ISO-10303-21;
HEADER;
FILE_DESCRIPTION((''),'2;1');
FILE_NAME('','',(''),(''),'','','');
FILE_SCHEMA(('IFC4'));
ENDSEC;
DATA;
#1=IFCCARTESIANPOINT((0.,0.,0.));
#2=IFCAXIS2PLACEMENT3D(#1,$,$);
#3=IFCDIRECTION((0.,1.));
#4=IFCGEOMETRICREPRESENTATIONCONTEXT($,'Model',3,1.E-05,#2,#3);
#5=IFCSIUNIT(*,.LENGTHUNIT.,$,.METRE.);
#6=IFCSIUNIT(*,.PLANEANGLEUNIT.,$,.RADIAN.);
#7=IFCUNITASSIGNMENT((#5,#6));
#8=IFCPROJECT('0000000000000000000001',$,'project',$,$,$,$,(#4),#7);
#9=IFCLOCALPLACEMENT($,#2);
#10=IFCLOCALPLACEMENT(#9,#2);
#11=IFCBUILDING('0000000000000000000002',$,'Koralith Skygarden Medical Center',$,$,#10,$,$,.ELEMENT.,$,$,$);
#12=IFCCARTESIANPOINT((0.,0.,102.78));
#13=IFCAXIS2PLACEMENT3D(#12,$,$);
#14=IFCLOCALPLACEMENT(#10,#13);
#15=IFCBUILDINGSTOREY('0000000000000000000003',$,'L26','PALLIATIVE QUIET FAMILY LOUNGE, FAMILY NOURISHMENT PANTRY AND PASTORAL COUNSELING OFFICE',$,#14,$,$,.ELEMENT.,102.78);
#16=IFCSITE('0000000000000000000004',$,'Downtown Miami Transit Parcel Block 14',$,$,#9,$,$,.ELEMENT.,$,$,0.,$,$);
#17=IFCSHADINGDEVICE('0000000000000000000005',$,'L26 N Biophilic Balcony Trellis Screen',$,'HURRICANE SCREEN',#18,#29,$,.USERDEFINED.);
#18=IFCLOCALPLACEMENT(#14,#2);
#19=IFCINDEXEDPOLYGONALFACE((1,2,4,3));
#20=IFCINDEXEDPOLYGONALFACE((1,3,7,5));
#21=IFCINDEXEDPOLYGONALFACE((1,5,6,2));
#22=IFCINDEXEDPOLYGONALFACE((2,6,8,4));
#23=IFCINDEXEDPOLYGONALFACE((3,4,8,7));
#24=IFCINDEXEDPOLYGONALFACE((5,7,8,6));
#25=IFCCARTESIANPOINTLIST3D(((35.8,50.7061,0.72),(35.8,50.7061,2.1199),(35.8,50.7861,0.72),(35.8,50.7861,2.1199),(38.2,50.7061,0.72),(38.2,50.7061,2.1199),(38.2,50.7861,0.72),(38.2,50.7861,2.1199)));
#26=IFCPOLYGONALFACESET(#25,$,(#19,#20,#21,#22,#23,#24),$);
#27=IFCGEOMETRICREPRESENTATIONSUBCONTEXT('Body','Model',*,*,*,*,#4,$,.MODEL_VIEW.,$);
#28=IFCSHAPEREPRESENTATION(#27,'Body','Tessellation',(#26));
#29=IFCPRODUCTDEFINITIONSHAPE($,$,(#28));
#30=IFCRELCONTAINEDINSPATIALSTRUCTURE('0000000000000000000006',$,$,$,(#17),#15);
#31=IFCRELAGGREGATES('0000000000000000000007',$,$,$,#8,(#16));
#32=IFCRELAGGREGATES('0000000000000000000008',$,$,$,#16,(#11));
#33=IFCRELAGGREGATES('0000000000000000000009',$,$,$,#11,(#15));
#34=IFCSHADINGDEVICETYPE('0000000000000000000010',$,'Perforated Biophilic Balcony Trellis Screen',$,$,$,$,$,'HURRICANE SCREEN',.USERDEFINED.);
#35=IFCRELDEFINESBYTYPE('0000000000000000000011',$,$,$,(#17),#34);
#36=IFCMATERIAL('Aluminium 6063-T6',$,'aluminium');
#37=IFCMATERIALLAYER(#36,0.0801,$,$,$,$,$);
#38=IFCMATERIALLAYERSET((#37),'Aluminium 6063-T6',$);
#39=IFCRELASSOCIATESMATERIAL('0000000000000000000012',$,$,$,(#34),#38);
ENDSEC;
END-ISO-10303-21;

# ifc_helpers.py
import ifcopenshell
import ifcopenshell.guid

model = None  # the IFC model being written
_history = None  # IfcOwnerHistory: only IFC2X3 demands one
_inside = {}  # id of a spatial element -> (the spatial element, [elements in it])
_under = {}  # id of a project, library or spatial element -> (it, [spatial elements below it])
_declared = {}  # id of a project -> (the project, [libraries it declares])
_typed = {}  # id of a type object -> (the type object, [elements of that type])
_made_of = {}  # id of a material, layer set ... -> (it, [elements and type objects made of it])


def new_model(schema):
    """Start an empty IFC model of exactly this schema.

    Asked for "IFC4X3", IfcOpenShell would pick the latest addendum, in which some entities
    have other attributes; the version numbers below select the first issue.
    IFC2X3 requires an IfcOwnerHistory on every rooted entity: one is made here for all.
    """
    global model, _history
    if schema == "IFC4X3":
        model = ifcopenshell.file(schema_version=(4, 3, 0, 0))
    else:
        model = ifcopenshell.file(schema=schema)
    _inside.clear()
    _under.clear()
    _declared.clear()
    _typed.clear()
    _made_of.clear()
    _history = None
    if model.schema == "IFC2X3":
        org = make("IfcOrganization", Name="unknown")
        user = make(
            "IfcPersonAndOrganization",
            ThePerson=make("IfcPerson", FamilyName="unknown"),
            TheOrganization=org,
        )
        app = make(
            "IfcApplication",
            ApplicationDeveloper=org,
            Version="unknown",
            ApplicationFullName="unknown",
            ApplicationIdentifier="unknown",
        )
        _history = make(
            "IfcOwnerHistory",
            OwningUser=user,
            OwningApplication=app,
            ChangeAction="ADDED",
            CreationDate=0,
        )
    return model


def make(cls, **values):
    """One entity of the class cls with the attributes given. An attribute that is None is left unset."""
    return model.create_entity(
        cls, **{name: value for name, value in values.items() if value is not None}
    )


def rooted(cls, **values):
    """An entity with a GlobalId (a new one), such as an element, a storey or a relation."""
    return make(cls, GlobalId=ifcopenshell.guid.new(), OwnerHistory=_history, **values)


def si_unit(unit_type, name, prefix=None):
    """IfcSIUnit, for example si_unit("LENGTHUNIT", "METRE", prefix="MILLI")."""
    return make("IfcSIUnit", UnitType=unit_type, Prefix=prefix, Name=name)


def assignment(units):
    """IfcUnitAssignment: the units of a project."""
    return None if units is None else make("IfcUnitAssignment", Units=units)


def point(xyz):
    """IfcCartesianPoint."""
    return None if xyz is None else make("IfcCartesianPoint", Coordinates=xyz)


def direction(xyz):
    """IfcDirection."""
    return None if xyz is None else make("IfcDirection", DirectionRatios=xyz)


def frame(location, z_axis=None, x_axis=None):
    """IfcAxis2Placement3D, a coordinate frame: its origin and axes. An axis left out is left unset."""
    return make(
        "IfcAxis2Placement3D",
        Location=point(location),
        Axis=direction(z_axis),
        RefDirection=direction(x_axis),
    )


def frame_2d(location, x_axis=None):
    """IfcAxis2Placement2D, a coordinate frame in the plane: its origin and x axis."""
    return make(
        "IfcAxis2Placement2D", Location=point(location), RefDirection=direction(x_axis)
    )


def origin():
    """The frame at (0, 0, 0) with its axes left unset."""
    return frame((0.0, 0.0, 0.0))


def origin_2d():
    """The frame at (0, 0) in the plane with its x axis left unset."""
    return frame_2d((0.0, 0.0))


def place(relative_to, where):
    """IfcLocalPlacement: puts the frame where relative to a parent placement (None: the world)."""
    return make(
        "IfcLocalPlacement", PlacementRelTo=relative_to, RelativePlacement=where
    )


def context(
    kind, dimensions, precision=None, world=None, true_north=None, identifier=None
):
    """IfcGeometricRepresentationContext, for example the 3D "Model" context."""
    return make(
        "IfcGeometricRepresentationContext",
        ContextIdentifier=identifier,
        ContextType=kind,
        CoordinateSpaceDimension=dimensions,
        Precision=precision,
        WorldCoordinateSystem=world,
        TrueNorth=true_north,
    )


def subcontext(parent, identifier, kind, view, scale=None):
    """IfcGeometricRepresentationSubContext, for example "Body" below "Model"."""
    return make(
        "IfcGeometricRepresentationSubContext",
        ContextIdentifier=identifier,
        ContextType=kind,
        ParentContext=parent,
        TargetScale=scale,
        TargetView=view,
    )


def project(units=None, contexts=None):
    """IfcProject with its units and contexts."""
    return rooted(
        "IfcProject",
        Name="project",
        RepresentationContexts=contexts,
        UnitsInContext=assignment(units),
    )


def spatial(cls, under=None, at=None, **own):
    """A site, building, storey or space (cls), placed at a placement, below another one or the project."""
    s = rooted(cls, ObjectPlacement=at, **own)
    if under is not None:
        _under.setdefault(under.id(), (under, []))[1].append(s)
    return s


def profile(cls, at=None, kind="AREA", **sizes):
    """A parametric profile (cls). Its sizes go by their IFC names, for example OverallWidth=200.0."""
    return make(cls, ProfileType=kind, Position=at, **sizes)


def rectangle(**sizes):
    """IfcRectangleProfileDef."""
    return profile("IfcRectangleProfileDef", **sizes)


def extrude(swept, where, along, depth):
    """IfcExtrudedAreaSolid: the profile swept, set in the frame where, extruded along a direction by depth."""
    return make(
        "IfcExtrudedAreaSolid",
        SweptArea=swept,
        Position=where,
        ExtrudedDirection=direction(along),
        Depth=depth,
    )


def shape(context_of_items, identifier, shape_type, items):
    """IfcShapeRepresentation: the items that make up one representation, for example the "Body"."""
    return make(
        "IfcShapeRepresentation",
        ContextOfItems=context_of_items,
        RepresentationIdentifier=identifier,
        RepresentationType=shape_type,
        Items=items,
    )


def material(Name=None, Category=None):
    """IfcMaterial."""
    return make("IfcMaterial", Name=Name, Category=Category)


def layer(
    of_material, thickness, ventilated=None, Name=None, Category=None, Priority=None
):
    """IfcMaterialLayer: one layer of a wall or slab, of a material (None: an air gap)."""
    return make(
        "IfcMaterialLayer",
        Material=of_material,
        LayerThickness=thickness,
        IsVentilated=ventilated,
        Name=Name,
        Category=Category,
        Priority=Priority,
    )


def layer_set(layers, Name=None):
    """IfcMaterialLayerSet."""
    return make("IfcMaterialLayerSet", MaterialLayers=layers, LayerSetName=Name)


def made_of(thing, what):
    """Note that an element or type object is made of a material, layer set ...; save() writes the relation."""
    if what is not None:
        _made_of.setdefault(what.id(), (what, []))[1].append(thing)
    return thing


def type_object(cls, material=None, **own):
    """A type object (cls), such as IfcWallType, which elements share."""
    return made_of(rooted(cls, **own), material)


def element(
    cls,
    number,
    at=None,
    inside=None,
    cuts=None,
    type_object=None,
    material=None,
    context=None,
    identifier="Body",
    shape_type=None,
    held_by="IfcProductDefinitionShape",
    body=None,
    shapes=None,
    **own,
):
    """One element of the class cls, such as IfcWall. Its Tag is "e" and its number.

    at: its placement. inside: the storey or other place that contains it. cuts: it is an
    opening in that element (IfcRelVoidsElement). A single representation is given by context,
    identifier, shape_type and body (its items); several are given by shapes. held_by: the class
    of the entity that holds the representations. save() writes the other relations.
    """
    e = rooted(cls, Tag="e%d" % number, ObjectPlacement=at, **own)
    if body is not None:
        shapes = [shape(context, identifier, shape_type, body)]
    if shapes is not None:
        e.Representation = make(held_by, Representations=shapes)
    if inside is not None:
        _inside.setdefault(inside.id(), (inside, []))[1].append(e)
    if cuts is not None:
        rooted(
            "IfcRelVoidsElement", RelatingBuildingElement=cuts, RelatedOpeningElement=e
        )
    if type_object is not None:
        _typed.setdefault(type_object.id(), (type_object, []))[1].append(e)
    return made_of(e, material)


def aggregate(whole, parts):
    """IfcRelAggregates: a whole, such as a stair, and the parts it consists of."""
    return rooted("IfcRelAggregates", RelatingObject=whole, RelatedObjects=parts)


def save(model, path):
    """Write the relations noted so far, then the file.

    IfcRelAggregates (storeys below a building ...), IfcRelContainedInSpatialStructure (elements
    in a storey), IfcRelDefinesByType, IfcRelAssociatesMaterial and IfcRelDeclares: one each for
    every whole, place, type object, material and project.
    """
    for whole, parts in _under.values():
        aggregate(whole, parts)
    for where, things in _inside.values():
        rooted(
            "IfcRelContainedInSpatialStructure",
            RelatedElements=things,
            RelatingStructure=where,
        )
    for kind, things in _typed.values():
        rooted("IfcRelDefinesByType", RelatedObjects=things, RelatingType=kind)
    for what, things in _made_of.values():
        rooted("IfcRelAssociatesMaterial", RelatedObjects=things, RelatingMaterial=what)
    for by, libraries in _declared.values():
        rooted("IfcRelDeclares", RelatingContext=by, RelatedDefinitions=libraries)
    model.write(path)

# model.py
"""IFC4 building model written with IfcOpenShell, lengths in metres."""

from ifc_helpers import new_model, si_unit, direction, frame, origin, origin_2d, place, context, subcontext, project, spatial, rectangle, extrude, material, layer, layer_set, type_object, element, save


model = new_model("IFC4")

# Units and contexts
model_context = context("Model", 3, precision=1e-05, world=origin(), true_north=direction((0.0, 1.0)))
body_context = subcontext(model_context, "Body", "Model", "MODEL_VIEW")
ifc_project = project(units=[si_unit("LENGTHUNIT", "METRE"), si_unit("PLANEANGLEUNIT", "RADIAN")], contexts=[model_context])

# Site, building, storey
site_placement = place(None, origin())
site = spatial("IfcSite", under=ifc_project, at=site_placement, Name="Downtown Miami Transit Parcel Block 14", CompositionType="ELEMENT", RefElevation=0.0)
building_placement = place(site_placement, origin())
building = spatial("IfcBuilding", under=site, at=building_placement, Name="Koralith Skygarden Medical Center", CompositionType="ELEMENT")
storey_placement = place(building_placement, frame((0.0, 0.0, 102.78)))
storey = spatial("IfcBuildingStorey", under=building, at=storey_placement, Name="L26", Description="PALLIATIVE QUIET FAMILY LOUNGE, FAMILY NOURISHMENT PANTRY AND PASTORAL COUNSELING OFFICE", CompositionType="ELEMENT", Elevation=102.78)

# Shared definitions
ifc_material_1 = material(Name="Aluminium 6063-T6", Category="aluminium")

# Shading device
ifc_layer_1 = layer(ifc_material_1, 0.0801)
ifc_layer_set_1 = layer_set([ifc_layer_1], Name="Aluminium 6063-T6")
shading_device_type = type_object("IfcShadingDeviceType", Name="Perforated Biophilic Balcony Trellis Screen", ElementType="HURRICANE SCREEN", PredefinedType="USERDEFINED", material=ifc_layer_set_1)
shading_device_placement = place(storey_placement, frame((37.0, 50.7461, 0.72), z_axis=(0.0, 0.0, 1.0), x_axis=(1.0, 0.0, 0.0)))
element("IfcShadingDevice", 1, at=shading_device_placement, inside=storey, type_object=shading_device_type, Name="L26 N Biophilic Balcony Trellis Screen", ObjectType="HURRICANE SCREEN", PredefinedType="USERDEFINED", context=body_context, shape_type="SweptSolid", body=[
    extrude(rectangle(XDim=2.3999, YDim=0.0801, at=origin_2d()), origin(), (0.0, 0.0, 1.0), 1.3999),
])

save(model, "model.ifc")
